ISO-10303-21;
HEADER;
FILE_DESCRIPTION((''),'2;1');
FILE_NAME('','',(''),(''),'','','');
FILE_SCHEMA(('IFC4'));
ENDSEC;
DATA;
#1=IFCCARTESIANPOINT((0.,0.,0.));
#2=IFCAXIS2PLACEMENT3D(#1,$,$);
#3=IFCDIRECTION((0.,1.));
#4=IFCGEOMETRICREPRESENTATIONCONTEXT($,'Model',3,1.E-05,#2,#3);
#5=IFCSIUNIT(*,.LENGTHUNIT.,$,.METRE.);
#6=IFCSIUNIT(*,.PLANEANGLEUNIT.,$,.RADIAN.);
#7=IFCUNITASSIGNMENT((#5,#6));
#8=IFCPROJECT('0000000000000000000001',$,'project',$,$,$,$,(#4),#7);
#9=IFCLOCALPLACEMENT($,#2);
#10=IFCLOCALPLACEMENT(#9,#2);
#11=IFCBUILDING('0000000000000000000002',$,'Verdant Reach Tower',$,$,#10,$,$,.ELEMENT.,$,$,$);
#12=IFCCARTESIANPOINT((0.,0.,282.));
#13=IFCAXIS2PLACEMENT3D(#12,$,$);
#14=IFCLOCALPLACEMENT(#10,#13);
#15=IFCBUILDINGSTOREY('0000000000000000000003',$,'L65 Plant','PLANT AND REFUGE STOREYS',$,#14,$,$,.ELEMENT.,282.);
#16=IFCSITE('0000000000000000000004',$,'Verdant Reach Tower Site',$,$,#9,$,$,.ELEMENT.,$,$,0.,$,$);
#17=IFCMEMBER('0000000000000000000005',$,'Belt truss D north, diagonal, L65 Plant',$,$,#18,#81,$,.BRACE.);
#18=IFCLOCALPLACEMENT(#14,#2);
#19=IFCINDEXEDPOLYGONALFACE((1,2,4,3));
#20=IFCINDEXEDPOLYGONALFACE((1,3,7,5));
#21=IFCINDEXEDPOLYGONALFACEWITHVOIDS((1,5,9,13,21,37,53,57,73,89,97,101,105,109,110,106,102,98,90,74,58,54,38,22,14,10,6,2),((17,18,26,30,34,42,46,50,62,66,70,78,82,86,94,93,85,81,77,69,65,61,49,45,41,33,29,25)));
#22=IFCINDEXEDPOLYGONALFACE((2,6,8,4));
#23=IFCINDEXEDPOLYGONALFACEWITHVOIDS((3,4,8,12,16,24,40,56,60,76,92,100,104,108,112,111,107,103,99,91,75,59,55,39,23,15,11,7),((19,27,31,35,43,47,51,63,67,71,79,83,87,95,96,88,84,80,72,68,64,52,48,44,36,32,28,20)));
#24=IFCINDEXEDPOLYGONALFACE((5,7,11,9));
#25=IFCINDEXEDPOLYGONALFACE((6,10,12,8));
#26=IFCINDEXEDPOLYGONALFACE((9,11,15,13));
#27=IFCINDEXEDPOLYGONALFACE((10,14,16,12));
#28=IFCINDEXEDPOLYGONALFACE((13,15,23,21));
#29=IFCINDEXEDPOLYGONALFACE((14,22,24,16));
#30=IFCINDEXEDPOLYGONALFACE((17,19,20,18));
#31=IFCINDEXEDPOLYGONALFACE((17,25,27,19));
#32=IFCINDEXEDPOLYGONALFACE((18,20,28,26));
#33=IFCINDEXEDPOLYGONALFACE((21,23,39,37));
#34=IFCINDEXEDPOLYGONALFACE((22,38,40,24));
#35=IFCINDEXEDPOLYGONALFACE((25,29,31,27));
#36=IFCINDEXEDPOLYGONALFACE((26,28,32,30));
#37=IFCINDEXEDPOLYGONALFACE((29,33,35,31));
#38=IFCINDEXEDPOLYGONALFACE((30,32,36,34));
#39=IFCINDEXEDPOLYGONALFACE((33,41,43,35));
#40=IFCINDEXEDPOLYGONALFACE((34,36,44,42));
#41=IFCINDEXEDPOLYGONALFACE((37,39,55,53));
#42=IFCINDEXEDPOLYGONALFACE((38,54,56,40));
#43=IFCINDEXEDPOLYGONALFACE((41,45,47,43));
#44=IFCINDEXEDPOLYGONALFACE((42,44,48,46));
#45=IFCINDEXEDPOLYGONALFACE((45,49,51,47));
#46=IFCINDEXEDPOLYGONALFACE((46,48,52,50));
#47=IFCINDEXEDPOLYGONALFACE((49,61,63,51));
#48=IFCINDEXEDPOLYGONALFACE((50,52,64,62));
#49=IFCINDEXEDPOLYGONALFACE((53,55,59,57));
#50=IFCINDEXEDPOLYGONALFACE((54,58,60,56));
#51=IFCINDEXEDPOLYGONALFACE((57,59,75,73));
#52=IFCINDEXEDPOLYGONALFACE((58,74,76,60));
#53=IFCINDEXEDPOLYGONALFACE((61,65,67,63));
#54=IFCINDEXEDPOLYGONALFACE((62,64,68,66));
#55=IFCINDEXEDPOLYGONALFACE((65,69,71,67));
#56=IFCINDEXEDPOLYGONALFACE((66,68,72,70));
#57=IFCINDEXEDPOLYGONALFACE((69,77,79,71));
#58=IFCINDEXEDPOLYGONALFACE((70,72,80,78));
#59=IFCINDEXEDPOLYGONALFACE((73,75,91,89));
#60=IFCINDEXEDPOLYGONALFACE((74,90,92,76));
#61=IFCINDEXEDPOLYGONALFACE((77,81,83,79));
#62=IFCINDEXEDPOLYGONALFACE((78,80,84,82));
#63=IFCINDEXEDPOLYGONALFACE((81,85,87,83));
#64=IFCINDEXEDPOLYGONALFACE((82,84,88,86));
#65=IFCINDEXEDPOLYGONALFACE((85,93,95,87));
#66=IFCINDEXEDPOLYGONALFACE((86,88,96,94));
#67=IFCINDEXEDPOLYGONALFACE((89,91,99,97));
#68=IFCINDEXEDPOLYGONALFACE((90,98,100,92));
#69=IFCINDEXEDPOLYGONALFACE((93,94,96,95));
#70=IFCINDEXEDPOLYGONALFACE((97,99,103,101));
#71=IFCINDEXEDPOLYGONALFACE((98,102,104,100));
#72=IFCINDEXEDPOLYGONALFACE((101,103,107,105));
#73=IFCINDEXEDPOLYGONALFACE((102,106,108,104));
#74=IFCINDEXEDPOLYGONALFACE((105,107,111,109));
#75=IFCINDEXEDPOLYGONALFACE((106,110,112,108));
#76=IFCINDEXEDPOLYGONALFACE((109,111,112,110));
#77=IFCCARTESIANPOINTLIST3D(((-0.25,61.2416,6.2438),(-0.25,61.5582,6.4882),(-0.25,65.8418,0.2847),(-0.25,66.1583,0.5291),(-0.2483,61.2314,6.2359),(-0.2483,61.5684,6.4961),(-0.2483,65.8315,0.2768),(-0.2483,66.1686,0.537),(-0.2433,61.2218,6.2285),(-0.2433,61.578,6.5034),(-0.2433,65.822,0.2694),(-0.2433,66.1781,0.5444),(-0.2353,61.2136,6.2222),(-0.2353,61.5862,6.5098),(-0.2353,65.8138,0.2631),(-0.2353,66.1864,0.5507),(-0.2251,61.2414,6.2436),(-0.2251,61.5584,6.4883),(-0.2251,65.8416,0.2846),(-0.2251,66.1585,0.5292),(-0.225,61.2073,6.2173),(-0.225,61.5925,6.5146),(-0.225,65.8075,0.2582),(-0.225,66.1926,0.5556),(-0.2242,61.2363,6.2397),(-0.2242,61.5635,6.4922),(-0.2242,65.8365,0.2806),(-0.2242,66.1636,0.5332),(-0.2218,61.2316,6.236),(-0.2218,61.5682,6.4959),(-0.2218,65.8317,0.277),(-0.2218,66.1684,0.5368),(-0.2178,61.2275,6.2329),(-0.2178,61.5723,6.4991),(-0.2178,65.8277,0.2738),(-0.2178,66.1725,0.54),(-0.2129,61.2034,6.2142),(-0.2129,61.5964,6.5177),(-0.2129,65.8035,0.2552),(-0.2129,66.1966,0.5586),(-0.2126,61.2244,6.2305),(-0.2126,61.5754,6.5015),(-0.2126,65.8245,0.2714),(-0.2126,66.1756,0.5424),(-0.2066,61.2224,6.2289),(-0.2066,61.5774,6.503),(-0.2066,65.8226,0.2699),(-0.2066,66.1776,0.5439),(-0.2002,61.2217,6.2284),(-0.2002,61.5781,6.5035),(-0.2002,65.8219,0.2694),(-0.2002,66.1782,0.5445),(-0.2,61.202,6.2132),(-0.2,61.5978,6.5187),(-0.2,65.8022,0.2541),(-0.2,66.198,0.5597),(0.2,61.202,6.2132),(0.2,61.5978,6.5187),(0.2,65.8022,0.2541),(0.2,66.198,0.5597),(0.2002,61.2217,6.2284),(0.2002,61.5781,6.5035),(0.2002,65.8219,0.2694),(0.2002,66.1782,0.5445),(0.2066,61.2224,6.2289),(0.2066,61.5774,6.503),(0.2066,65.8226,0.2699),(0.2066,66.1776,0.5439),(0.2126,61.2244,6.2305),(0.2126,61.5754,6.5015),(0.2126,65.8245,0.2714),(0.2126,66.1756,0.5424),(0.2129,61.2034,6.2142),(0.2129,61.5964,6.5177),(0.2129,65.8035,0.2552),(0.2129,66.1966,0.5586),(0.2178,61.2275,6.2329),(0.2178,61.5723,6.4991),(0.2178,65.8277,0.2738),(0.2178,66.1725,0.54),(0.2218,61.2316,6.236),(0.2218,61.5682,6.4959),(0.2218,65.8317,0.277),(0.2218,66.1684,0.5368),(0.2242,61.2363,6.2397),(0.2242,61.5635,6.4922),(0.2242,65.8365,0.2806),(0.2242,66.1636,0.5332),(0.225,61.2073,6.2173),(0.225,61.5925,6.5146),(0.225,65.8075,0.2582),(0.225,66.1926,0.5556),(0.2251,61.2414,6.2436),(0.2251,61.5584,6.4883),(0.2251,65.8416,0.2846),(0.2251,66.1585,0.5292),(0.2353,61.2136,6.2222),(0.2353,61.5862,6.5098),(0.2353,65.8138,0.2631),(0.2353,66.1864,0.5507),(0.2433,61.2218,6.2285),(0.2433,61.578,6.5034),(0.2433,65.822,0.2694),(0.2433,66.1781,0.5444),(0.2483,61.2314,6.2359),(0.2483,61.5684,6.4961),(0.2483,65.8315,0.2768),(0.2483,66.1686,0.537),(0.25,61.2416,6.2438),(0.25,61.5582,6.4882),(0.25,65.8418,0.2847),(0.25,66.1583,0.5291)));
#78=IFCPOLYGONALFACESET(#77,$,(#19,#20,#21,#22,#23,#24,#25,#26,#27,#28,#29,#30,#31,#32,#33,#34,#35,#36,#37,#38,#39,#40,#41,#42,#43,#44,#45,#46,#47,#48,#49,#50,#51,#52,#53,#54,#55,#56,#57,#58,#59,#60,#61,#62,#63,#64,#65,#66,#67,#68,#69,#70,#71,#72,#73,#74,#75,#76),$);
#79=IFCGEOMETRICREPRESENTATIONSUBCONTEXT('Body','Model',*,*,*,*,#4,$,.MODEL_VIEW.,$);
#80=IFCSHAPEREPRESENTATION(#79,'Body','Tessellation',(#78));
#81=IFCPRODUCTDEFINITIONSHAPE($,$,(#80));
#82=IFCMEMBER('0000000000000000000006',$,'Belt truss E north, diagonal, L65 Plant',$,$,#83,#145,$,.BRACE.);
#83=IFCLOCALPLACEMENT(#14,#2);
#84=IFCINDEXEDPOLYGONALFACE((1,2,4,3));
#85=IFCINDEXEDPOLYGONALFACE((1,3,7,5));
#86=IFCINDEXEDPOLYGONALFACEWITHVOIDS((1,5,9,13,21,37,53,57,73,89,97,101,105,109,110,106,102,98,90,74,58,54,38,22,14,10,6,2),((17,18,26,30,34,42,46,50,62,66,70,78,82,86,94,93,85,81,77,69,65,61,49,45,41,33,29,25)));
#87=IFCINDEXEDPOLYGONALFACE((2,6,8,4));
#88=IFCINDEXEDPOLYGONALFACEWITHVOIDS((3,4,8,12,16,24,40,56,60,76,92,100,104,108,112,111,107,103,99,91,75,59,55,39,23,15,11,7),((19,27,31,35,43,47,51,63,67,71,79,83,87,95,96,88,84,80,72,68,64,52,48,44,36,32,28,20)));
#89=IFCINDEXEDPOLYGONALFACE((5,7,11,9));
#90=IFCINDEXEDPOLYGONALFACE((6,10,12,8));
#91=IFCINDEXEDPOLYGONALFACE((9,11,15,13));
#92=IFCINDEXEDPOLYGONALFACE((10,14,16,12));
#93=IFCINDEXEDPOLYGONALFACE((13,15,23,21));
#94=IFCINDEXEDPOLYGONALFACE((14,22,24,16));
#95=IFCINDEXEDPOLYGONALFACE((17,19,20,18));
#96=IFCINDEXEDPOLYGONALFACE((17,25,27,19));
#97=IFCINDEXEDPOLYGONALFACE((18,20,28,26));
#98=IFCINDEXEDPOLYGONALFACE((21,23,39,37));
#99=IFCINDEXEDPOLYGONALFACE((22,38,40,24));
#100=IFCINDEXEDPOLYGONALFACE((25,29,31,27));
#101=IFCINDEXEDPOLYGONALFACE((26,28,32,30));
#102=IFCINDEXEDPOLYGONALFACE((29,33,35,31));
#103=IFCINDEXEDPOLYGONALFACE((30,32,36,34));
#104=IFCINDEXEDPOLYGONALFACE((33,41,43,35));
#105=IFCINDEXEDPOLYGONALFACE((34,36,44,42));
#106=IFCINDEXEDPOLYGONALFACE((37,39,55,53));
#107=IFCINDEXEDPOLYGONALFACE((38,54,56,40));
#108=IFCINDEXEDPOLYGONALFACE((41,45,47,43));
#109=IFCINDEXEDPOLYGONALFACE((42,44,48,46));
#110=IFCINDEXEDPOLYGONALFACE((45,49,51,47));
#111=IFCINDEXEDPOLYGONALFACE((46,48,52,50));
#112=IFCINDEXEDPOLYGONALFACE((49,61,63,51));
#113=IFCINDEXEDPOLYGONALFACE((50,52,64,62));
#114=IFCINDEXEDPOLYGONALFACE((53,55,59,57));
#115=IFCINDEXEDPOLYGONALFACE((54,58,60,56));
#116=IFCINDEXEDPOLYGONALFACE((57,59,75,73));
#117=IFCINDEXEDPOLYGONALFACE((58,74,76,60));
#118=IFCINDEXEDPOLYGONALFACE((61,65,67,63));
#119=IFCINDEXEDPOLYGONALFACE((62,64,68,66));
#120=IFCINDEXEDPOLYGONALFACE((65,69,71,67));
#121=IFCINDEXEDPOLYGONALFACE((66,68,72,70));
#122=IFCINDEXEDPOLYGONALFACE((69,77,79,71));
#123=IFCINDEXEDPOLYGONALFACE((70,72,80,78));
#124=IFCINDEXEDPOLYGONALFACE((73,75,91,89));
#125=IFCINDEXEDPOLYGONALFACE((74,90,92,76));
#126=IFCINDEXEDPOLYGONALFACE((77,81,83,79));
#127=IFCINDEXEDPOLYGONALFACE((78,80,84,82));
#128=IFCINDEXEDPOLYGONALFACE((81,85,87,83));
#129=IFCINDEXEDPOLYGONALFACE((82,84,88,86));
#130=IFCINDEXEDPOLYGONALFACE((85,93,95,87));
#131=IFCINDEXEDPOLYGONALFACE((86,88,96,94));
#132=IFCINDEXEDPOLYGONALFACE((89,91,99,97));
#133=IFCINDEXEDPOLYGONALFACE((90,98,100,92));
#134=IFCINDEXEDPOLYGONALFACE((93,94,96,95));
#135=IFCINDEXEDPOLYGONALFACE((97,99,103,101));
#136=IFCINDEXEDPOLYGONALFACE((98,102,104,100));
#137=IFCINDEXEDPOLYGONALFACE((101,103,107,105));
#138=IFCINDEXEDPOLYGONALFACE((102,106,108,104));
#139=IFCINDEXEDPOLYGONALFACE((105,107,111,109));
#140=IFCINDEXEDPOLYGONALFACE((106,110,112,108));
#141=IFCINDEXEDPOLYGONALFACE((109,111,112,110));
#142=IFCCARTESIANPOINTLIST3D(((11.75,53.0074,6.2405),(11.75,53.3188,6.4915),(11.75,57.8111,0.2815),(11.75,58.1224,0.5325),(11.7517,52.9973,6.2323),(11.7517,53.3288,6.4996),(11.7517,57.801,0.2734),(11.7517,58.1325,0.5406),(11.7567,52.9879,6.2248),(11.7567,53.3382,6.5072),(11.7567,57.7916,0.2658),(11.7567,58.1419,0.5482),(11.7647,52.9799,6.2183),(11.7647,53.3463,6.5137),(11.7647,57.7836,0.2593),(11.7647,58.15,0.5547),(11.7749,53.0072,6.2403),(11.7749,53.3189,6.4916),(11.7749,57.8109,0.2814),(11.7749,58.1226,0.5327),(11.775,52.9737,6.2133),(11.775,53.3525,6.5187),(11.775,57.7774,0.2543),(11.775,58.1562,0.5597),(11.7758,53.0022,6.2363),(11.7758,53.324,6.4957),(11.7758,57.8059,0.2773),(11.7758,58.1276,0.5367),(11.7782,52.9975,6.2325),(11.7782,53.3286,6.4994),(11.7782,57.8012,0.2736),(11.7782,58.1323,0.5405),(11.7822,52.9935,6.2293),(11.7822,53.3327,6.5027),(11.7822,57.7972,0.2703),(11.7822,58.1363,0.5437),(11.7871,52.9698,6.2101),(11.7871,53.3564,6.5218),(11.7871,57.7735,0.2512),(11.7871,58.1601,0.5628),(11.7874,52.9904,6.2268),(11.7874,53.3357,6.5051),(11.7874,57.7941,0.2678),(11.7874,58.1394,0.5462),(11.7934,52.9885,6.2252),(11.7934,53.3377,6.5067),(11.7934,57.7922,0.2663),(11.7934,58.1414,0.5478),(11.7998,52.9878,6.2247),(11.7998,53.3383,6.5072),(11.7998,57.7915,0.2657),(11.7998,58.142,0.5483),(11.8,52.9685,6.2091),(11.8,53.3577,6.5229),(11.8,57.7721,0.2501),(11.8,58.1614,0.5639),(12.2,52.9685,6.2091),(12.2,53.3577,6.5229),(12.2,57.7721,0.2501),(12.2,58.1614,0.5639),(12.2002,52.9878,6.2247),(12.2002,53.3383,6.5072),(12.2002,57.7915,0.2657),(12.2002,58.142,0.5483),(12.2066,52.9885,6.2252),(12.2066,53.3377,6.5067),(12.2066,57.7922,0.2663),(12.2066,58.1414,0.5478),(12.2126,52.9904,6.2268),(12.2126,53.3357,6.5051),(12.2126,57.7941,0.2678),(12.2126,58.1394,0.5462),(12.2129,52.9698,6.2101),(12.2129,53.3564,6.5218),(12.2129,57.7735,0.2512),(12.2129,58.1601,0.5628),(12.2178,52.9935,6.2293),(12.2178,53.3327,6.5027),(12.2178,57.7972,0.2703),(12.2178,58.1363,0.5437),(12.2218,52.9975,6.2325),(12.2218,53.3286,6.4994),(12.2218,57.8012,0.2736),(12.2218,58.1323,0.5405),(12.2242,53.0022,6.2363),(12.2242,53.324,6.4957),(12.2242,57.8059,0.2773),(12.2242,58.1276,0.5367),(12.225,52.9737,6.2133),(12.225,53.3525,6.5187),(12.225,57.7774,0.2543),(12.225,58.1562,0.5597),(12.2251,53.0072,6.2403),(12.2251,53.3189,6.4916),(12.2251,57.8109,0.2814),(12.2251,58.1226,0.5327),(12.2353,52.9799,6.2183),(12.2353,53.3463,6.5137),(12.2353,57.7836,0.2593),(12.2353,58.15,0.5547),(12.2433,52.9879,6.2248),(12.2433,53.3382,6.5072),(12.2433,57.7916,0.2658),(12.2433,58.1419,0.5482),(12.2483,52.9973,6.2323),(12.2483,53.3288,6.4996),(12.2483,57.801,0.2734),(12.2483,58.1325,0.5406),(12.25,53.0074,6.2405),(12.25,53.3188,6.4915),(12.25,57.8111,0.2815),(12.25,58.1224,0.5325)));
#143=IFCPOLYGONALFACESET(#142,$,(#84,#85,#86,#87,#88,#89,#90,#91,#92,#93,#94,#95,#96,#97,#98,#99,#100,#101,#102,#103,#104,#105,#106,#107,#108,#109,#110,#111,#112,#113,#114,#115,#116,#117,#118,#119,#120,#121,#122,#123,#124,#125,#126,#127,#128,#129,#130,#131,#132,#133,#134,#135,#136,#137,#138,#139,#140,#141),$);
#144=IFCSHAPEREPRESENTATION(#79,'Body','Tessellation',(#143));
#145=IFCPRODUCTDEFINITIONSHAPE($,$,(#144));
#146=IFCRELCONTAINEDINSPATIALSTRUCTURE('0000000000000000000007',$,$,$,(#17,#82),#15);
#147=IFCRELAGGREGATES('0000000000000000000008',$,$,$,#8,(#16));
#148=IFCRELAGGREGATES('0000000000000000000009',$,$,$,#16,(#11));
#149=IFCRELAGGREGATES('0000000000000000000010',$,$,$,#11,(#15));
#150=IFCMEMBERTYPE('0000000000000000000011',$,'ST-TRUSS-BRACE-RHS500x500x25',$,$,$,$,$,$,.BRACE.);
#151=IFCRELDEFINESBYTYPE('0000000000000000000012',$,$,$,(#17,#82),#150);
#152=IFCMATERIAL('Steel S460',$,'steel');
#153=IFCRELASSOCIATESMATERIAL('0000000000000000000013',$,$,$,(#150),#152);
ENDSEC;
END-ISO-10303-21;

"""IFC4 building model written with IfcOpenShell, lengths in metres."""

from ifc_helpers import new_model, si_unit, direction, frame, origin, origin_2d, place, context, subcontext, project, spatial, hollow_rectangle, extrude, material, material_profile, profile_set, type_object, element, save


model = new_model("IFC4")

# Units and contexts
model_context = context("Model", 3, precision=1e-05, world=origin(), true_north=direction((0.0, 1.0)))
body_context = subcontext(model_context, "Body", "Model", "MODEL_VIEW")
ifc_project = project(units=[si_unit("LENGTHUNIT", "METRE"), si_unit("PLANEANGLEUNIT", "RADIAN")], contexts=[model_context])

# Site, building, storey
site_placement = place(None, origin())
site = spatial("IfcSite", under=ifc_project, at=site_placement, Name="Verdant Reach Tower Site", CompositionType="ELEMENT", RefElevation=0.0)
building_placement = place(site_placement, origin())
building = spatial("IfcBuilding", under=site, at=building_placement, Name="Verdant Reach Tower", CompositionType="ELEMENT")
storey_placement = place(building_placement, frame((0.0, 0.0, 282.0)))
storey = spatial("IfcBuildingStorey", under=building, at=storey_placement, Name="L65 Plant", Description="PLANT AND REFUGE STOREYS", CompositionType="ELEMENT", Elevation=282.0)

# Shared definitions
ifc_material_1 = material(Name="Steel S460", Category="steel")

# Members
ifc_material_profile_1 = material_profile(ifc_material_1, hollow_rectangle(XDim=0.5, YDim=0.5, WallThickness=0.0249, InnerFilletRadius=0.0249, OuterFilletRadius=0.05, at=origin_2d()), Name="RHS 500x500x25")
ifc_profile_set_1 = profile_set([ifc_material_profile_1], Name="Steel S460")
member_type_1 = type_object("IfcMemberType", Name="ST-TRUSS-BRACE-RHS500x500x25", PredefinedType="BRACE", material=ifc_profile_set_1)
member_1_placement = place(storey_placement, frame((0.0, 61.3999, 6.366), z_axis=(0.0, 0.611067, -0.791579), x_axis=(-1.0, 0.0, 0.0)))
element("IfcMember", 1, at=member_1_placement, inside=storey, type_object=member_type_1, Name="Belt truss D north, diagonal, L65 Plant", PredefinedType="BRACE", context=body_context, shape_type="SweptSolid", body=[
    extrude(hollow_rectangle(XDim=0.5, YDim=0.5, WallThickness=0.0249, InnerFilletRadius=0.0249, OuterFilletRadius=0.05, at=origin_2d()), origin(), (0.0, 0.0, 1.0), 7.5281),
])
member_2_placement = place(storey_placement, frame((12.0, 53.1631, 6.366), z_axis=(0.0, 0.6276, -0.778536), x_axis=(-1.0, 0.0, 0.0)))
element("IfcMember", 2, at=member_2_placement, inside=storey, type_object=member_type_1, Name="Belt truss E north, diagonal, L65 Plant", PredefinedType="BRACE", context=body_context, shape_type="SweptSolid", body=[
    extrude(hollow_rectangle(XDim=0.5, YDim=0.5, WallThickness=0.0249, InnerFilletRadius=0.0249, OuterFilletRadius=0.05, at=origin_2d()), origin(), (0.0, 0.0, 1.0), 7.6541),
])

save(model, "model.ifc")
